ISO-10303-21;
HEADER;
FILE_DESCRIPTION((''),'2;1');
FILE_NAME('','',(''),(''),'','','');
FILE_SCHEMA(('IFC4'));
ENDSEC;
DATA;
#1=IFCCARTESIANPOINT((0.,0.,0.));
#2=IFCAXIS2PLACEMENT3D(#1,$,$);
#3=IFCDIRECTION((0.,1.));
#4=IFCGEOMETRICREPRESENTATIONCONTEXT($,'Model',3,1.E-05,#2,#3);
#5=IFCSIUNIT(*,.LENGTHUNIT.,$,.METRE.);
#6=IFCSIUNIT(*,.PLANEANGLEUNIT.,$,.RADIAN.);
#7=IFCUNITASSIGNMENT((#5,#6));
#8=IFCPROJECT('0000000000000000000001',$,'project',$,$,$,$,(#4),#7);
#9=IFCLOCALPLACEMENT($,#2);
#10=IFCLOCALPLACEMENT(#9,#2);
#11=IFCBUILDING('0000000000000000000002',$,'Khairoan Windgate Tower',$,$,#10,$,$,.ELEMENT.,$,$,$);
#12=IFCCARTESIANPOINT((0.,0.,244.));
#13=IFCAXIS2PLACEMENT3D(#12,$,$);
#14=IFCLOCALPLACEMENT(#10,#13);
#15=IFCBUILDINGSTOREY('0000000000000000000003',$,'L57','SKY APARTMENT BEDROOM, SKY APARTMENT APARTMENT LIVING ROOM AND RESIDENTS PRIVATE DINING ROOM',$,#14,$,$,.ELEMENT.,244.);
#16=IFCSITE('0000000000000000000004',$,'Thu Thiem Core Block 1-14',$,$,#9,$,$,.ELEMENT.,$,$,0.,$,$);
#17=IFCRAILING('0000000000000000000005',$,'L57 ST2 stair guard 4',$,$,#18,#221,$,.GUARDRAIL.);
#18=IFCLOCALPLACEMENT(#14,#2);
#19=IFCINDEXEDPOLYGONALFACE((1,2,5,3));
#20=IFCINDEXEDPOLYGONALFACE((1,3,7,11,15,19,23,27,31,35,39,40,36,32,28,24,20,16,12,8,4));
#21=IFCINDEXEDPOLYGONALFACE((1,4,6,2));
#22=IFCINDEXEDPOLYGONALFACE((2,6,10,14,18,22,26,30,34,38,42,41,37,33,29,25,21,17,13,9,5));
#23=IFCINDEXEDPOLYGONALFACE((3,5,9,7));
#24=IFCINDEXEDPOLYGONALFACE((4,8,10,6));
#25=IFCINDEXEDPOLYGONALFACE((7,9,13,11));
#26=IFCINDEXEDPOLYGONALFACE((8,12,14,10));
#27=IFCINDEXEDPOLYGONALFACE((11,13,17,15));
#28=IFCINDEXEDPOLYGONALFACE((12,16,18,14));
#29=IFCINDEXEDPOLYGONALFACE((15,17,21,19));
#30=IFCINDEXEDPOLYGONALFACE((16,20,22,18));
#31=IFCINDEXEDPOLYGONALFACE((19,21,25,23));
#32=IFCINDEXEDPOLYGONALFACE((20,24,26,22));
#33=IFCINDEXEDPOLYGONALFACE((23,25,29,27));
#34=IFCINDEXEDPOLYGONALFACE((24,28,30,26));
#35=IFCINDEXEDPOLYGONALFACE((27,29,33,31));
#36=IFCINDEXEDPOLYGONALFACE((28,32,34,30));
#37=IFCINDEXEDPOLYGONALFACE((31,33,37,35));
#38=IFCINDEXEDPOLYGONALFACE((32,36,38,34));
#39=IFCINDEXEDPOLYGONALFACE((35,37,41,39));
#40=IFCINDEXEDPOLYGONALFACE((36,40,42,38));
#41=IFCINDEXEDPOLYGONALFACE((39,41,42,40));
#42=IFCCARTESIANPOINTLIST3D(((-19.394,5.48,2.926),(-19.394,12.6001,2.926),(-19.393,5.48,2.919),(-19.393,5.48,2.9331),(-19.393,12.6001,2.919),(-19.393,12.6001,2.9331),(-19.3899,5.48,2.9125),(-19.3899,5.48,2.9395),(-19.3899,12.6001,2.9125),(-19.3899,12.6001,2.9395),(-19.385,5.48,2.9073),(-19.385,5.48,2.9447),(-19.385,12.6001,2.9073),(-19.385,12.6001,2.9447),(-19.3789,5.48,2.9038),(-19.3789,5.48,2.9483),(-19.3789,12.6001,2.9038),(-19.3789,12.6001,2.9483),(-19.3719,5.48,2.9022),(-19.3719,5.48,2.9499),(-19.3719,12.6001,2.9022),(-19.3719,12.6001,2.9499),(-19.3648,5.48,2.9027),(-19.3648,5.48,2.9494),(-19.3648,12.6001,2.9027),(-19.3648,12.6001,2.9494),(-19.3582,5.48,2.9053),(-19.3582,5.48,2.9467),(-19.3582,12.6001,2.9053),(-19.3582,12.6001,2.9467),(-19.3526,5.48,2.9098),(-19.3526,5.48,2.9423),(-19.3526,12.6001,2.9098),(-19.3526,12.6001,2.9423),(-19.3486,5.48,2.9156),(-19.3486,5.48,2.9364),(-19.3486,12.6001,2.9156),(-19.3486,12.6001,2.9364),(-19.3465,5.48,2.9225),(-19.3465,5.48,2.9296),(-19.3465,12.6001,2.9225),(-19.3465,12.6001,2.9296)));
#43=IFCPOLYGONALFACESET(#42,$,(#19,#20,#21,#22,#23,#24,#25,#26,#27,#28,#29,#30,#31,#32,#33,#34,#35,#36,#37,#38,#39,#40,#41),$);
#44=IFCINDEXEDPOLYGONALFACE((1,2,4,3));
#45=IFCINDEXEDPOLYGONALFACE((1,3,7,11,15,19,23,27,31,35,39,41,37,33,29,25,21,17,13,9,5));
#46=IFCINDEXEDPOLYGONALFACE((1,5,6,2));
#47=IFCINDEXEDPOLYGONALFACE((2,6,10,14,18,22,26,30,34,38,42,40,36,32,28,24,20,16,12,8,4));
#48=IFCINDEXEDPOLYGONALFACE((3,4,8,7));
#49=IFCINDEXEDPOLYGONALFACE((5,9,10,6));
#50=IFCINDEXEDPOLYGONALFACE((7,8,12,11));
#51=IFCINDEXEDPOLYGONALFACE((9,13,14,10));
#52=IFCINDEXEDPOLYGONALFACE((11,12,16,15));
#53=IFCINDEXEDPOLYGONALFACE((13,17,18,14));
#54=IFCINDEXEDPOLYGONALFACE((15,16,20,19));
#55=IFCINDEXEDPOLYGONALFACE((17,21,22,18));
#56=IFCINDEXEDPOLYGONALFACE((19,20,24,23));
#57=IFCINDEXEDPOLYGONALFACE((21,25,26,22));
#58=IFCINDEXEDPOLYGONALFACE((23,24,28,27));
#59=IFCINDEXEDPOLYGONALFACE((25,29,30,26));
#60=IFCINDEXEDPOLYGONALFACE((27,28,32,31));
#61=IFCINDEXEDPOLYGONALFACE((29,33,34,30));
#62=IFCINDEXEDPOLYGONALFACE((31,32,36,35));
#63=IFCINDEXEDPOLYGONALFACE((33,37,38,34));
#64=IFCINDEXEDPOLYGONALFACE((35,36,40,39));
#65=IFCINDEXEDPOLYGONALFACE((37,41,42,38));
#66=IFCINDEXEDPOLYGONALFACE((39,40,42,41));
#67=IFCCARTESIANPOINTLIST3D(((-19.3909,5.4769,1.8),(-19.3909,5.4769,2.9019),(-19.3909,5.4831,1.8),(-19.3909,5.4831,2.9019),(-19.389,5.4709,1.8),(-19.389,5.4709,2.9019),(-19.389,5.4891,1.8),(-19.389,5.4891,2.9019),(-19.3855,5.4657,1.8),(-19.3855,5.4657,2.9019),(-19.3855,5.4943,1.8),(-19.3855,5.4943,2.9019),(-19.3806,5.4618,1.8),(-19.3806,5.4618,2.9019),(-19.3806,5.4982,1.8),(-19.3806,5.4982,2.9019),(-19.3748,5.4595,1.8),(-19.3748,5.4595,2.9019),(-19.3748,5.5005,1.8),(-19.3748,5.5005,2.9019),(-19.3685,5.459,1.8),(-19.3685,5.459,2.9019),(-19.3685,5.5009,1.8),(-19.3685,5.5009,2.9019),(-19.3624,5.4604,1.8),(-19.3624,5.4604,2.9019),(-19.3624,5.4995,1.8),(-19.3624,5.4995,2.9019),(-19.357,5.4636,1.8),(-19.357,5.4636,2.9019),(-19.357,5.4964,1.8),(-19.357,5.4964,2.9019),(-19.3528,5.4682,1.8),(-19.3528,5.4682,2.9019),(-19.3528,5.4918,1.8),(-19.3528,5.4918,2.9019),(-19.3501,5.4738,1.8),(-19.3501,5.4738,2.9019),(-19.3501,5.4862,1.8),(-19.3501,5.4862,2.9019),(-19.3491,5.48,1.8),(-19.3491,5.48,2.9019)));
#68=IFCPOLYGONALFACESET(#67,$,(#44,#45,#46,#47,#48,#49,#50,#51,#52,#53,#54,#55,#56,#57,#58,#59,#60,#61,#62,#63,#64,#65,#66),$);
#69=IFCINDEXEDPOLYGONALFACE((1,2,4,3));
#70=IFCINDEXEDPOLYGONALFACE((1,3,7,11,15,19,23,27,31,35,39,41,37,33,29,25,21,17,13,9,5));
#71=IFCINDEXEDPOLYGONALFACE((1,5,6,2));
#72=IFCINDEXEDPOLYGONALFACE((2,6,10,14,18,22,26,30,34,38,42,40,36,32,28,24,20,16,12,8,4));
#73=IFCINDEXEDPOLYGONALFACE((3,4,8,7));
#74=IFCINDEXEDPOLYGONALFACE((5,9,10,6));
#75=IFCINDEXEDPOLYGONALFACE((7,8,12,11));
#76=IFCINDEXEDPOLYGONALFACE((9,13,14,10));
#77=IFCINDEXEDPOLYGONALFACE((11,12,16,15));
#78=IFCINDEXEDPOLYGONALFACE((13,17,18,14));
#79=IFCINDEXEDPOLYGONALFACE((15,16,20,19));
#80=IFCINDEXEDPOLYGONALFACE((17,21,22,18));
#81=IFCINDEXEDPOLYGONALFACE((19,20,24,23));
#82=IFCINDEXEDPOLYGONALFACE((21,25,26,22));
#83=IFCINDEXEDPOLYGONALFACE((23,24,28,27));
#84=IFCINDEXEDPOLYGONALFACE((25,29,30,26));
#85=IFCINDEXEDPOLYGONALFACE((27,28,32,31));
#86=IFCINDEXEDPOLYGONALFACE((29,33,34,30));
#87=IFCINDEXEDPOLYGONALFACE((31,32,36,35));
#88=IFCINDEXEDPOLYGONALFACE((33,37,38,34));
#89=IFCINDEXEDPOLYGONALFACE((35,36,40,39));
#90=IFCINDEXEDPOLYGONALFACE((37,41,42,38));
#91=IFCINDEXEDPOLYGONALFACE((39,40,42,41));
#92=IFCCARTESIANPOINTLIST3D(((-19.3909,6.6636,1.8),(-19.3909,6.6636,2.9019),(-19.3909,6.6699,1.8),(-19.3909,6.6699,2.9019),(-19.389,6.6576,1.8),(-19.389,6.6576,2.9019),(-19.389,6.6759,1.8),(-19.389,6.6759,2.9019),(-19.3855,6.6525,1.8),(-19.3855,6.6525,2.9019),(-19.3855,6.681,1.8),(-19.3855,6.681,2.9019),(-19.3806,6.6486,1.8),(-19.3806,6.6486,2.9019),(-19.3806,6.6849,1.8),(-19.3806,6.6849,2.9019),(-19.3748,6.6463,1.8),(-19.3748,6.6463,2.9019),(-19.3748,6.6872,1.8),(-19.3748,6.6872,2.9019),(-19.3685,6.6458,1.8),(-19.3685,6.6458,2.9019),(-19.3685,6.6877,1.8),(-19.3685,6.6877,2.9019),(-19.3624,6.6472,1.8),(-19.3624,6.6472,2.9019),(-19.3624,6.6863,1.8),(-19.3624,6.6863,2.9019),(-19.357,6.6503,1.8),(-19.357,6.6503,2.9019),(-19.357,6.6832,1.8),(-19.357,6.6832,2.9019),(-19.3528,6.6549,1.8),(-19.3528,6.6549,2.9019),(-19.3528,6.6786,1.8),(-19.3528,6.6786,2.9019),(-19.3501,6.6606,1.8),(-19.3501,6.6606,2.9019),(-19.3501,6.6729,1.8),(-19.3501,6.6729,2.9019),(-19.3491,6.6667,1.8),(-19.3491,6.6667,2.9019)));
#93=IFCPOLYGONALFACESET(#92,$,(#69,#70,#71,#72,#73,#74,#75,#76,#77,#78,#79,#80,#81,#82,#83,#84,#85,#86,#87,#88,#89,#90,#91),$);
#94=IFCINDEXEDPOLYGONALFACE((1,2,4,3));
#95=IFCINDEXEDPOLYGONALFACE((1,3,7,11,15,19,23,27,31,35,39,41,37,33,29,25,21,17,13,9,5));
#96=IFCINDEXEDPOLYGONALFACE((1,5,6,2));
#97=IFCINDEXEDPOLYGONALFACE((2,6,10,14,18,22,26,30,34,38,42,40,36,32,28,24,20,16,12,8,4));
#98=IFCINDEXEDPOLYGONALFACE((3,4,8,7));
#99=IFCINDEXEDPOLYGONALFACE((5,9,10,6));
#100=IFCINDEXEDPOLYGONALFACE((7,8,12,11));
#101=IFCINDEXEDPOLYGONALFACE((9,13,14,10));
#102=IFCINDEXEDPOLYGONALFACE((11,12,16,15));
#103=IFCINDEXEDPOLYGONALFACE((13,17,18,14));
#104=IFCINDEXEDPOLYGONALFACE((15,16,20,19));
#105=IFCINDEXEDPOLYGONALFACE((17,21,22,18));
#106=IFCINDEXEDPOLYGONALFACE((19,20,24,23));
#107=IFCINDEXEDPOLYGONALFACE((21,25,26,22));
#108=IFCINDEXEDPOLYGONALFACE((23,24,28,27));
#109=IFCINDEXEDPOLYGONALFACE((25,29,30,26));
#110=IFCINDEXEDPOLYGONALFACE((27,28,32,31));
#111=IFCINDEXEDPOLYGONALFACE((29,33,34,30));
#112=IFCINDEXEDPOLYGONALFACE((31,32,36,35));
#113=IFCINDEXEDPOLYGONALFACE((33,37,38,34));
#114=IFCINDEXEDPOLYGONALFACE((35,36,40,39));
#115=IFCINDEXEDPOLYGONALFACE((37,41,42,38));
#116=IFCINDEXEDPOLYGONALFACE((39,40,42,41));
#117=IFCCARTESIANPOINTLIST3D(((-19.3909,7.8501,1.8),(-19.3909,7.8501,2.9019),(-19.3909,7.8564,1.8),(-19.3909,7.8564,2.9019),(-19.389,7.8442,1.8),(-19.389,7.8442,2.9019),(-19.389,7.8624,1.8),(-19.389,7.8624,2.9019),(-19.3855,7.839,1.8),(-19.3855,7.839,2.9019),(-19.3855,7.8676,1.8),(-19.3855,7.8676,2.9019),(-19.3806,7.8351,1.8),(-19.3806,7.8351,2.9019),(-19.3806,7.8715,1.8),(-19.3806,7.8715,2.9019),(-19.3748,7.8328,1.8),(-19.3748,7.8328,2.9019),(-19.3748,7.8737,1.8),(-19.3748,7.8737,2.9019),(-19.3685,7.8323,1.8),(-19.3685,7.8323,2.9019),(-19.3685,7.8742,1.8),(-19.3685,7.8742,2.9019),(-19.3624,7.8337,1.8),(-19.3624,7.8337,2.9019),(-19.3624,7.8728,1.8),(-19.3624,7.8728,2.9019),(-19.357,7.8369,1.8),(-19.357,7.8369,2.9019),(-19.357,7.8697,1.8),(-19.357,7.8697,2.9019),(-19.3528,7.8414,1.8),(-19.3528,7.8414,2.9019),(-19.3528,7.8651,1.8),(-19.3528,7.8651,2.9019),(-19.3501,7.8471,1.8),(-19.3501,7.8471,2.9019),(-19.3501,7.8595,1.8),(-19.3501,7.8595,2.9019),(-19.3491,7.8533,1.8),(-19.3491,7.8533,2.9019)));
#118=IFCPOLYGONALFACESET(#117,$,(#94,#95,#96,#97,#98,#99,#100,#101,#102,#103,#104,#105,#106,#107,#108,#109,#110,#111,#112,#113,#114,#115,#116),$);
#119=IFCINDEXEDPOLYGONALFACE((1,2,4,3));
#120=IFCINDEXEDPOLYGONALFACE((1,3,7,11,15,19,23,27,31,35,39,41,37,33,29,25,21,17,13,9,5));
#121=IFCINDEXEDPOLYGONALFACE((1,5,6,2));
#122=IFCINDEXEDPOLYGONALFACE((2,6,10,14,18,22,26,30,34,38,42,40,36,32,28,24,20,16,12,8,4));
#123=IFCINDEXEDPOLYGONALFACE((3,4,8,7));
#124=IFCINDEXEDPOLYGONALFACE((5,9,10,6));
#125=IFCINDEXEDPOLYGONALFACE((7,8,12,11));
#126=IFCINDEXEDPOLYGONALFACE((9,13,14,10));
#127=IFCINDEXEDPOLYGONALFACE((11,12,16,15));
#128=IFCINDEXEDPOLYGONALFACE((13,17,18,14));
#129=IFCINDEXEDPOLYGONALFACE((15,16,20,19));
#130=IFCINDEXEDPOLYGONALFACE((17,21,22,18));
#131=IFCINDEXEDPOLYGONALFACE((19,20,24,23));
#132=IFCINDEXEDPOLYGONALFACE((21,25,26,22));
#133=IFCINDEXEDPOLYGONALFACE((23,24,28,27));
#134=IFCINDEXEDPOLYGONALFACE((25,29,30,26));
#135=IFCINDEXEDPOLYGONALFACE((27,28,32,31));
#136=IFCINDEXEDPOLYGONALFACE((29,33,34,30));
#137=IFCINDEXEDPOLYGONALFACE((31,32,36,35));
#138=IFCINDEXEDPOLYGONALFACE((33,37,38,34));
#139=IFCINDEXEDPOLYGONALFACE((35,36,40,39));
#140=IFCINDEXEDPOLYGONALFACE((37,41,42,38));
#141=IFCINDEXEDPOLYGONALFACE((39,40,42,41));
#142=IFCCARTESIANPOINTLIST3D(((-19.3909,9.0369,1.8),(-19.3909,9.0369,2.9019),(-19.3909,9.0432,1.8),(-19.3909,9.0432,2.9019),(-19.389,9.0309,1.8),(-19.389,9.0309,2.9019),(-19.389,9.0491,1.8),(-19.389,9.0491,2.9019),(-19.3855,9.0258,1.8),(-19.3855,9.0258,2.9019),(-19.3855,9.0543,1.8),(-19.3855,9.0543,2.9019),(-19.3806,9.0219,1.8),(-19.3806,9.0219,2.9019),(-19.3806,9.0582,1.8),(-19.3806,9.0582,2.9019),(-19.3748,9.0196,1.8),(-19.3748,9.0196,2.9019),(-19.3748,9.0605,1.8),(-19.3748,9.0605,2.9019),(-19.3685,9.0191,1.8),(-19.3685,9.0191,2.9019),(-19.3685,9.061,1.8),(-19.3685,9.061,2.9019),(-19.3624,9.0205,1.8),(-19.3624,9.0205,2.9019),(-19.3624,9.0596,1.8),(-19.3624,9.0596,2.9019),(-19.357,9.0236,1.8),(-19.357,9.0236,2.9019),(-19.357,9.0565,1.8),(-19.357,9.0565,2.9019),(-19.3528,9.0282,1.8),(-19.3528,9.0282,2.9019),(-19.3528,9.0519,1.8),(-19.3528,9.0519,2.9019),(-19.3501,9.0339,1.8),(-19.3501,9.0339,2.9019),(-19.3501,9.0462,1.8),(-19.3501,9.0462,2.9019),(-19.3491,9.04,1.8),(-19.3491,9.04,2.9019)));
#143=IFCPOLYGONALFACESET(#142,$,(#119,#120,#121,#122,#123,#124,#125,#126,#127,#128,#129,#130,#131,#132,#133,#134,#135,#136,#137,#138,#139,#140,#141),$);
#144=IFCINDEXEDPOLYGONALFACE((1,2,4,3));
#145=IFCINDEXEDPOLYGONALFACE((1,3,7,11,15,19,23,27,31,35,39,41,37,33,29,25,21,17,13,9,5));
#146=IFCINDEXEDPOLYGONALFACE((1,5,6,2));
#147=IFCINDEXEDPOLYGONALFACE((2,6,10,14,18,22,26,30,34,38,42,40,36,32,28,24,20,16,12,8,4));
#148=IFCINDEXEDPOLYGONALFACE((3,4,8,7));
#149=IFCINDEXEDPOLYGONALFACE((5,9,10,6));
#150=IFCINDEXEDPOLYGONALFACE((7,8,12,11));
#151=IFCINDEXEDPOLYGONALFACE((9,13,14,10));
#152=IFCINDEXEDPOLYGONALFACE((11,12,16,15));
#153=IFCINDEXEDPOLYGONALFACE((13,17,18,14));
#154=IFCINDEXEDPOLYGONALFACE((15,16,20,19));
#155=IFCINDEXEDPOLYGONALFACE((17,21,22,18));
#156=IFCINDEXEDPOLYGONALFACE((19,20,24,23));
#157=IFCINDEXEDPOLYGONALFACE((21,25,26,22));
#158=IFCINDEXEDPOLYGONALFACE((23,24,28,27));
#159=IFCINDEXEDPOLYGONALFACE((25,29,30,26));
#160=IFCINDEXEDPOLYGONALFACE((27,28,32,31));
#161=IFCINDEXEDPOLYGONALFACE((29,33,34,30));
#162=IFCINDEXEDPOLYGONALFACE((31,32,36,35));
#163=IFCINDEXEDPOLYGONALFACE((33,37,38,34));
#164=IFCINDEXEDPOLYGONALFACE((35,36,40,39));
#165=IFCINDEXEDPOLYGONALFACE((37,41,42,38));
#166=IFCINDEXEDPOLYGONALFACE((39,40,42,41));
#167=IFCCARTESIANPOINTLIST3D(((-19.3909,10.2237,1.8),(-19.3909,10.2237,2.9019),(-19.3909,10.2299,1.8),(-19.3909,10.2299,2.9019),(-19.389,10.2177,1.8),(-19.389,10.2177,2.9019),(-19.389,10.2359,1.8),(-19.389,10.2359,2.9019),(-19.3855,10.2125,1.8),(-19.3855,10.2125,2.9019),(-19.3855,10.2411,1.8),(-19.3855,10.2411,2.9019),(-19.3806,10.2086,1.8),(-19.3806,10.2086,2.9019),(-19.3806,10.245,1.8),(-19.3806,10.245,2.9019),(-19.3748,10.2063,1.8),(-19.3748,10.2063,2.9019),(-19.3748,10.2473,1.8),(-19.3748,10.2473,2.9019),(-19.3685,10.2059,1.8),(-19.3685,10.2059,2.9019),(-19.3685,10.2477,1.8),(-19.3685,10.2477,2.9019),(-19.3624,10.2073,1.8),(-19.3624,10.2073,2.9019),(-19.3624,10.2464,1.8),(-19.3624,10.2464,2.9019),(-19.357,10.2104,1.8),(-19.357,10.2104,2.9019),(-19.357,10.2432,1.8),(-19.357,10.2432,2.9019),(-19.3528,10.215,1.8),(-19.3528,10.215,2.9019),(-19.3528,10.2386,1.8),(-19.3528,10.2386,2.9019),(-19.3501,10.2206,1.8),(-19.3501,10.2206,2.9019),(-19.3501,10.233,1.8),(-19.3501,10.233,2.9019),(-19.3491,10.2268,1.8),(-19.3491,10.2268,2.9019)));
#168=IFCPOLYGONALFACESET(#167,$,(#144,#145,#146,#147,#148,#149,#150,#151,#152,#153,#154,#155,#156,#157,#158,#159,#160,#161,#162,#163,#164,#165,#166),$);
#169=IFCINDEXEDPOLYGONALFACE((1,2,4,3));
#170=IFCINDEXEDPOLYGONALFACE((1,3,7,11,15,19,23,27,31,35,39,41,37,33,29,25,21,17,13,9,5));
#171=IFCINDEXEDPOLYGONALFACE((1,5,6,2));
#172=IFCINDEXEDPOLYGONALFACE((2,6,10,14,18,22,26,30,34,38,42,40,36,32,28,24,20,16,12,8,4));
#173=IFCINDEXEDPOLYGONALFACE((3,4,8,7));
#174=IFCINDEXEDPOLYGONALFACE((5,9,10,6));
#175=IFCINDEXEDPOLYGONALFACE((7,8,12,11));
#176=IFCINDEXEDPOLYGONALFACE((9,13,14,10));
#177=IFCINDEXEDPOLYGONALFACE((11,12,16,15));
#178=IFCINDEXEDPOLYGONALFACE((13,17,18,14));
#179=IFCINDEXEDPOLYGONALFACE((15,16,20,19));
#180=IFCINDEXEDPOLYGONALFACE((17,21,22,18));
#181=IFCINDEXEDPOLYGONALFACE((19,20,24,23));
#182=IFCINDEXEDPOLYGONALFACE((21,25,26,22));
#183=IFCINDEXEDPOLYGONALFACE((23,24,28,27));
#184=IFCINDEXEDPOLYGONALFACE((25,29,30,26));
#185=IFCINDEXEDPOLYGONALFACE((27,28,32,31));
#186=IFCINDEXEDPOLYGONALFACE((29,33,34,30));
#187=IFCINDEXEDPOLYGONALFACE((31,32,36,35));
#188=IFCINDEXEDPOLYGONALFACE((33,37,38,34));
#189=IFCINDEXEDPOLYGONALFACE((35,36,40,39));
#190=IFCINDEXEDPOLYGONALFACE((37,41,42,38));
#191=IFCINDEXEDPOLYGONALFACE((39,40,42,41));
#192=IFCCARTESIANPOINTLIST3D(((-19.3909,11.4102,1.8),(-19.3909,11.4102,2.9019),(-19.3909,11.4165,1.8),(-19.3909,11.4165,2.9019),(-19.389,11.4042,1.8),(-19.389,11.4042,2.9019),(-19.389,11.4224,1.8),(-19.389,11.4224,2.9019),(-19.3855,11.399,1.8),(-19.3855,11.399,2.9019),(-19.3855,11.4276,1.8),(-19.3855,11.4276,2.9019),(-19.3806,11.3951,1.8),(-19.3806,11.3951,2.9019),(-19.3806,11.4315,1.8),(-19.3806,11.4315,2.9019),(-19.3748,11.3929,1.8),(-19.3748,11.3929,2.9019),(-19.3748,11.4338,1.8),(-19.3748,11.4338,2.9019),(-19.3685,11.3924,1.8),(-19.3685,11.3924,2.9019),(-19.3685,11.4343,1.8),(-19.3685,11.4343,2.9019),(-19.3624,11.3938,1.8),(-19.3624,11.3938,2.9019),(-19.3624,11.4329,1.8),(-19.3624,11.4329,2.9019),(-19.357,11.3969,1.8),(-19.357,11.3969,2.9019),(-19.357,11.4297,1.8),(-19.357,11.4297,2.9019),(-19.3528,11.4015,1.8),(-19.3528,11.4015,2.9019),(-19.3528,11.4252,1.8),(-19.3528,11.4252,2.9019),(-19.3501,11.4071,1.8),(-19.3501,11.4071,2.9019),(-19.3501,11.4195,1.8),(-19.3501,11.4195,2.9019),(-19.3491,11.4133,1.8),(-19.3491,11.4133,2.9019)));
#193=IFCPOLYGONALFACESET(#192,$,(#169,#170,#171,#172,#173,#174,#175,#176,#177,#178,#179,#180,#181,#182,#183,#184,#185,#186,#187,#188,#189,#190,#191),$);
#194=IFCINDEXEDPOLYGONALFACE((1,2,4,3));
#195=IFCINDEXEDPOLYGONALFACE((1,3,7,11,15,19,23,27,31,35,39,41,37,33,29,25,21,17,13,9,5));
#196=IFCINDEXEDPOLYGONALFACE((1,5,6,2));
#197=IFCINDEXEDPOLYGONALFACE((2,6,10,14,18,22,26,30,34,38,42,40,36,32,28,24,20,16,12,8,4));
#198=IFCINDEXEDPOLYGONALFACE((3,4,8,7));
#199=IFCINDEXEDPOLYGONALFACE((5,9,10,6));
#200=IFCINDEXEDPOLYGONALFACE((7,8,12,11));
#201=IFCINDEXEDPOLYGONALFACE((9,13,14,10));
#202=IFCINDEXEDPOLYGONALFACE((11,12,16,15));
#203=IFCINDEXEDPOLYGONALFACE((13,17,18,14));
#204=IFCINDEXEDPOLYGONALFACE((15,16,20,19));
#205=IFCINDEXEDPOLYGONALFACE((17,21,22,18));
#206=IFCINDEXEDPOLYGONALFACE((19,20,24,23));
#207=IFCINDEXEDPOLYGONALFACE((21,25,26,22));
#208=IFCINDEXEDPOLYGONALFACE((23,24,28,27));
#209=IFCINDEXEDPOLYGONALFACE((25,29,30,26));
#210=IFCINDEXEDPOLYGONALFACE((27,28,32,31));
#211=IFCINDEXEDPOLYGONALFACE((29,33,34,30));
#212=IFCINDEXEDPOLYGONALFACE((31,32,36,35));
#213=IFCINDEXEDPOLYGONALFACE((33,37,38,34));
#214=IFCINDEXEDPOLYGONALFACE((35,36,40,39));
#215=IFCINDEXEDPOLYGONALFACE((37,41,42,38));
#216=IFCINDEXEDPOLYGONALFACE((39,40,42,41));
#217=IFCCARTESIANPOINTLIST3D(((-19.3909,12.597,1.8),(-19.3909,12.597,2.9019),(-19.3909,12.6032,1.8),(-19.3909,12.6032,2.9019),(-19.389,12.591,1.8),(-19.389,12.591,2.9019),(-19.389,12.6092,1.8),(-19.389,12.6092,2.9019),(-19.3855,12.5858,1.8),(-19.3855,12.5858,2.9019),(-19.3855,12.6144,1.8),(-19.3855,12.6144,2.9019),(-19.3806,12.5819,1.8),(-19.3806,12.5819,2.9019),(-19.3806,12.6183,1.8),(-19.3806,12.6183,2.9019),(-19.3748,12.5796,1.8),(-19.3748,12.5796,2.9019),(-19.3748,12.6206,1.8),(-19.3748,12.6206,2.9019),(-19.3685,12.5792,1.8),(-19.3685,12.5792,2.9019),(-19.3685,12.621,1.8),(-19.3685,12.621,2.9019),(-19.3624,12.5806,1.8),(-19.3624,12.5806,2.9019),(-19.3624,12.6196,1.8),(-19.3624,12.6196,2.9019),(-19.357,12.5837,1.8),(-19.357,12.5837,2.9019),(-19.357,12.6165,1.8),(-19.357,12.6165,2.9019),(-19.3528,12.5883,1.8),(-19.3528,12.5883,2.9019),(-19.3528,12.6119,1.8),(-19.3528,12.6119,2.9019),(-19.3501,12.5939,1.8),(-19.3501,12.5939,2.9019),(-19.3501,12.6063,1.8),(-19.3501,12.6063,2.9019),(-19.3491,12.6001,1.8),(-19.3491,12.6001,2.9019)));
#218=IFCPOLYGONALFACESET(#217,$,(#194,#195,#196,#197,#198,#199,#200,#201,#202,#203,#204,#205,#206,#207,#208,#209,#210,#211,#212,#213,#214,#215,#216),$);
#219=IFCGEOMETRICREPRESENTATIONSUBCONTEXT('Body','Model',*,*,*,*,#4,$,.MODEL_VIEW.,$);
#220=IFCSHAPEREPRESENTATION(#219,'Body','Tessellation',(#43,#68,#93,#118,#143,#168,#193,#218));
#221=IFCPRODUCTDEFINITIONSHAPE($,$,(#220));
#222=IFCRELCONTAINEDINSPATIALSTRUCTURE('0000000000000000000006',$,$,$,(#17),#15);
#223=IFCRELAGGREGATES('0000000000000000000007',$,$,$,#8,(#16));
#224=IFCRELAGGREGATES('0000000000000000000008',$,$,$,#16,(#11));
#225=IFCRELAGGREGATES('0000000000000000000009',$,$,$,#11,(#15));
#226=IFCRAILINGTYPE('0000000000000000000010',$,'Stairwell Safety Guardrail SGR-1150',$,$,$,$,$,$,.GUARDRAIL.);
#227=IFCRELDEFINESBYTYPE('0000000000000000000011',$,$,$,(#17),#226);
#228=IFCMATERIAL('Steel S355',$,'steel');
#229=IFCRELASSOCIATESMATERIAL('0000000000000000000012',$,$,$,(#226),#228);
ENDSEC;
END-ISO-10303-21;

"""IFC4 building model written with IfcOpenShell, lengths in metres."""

from ifc_helpers import new_model, si_unit, direction, frame, origin, origin_2d, place, context, subcontext, project, spatial, circle, extrude, material, type_object, element, save


model = new_model("IFC4")

# Units and contexts
model_context = context("Model", 3, precision=1e-05, world=origin(), true_north=direction((0.0, 1.0)))
body_context = subcontext(model_context, "Body", "Model", "MODEL_VIEW")
ifc_project = project(units=[si_unit("LENGTHUNIT", "METRE"), si_unit("PLANEANGLEUNIT", "RADIAN")], contexts=[model_context])

# Site, building, storey
site_placement = place(None, origin())
site = spatial("IfcSite", under=ifc_project, at=site_placement, Name="Thu Thiem Core Block 1-14", CompositionType="ELEMENT", RefElevation=0.0)
building_placement = place(site_placement, origin())
building = spatial("IfcBuilding", under=site, at=building_placement, Name="Khairoan Windgate Tower", CompositionType="ELEMENT")
storey_placement = place(building_placement, frame((0.0, 0.0, 244.0)))
storey = spatial("IfcBuildingStorey", under=building, at=storey_placement, Name="L57", Description="SKY APARTMENT BEDROOM, SKY APARTMENT APARTMENT LIVING ROOM AND RESIDENTS PRIVATE DINING ROOM", CompositionType="ELEMENT", Elevation=244.0)

# Railing
ifc_material_1 = material(Name="Steel S355", Category="steel")
railing_type_1 = type_object("IfcRailingType", Name="Stairwell Safety Guardrail SGR-1150", PredefinedType="GUARDRAIL", material=ifc_material_1)
railing_1_placement = place(storey_placement, frame((-19.3701, 5.48, 1.8)))
element("IfcRailing", 1, at=railing_1_placement, inside=storey, type_object=railing_type_1, Name="L57 ST2 stair guard 4", PredefinedType="GUARDRAIL", context=body_context, shape_type="SweptSolid", body=[
    extrude(circle(Radius=0.0239, at=origin_2d()), frame((0.0, 0.0, 1.126), z_axis=(0.0, 1.0, 0.0), x_axis=(-1.0, 0.0, 0.0)), (0.0, 0.0, 1.0), 7.1201),
    extrude(circle(Radius=0.021, at=origin_2d()), origin(), (0.0, 0.0, 1.0), 1.1018),
    extrude(circle(Radius=0.021, at=origin_2d()), frame((0.0, 1.1868, 0.0)), (0.0, 0.0, 1.0), 1.1018),
    extrude(circle(Radius=0.021, at=origin_2d()), frame((0.0, 2.3733, 0.0)), (0.0, 0.0, 1.0), 1.1018),
    extrude(circle(Radius=0.021, at=origin_2d()), frame((0.0, 3.5601, 0.0)), (0.0, 0.0, 1.0), 1.1018),
    extrude(circle(Radius=0.021, at=origin_2d()), frame((0.0, 4.7468, 0.0)), (0.0, 0.0, 1.0), 1.1018),
    extrude(circle(Radius=0.021, at=origin_2d()), frame((0.0, 5.9333, 0.0)), (0.0, 0.0, 1.0), 1.1018),
    extrude(circle(Radius=0.021, at=origin_2d()), frame((0.0, 7.1201, 0.0)), (0.0, 0.0, 1.0), 1.1018),
])

save(model, "model.ifc")
